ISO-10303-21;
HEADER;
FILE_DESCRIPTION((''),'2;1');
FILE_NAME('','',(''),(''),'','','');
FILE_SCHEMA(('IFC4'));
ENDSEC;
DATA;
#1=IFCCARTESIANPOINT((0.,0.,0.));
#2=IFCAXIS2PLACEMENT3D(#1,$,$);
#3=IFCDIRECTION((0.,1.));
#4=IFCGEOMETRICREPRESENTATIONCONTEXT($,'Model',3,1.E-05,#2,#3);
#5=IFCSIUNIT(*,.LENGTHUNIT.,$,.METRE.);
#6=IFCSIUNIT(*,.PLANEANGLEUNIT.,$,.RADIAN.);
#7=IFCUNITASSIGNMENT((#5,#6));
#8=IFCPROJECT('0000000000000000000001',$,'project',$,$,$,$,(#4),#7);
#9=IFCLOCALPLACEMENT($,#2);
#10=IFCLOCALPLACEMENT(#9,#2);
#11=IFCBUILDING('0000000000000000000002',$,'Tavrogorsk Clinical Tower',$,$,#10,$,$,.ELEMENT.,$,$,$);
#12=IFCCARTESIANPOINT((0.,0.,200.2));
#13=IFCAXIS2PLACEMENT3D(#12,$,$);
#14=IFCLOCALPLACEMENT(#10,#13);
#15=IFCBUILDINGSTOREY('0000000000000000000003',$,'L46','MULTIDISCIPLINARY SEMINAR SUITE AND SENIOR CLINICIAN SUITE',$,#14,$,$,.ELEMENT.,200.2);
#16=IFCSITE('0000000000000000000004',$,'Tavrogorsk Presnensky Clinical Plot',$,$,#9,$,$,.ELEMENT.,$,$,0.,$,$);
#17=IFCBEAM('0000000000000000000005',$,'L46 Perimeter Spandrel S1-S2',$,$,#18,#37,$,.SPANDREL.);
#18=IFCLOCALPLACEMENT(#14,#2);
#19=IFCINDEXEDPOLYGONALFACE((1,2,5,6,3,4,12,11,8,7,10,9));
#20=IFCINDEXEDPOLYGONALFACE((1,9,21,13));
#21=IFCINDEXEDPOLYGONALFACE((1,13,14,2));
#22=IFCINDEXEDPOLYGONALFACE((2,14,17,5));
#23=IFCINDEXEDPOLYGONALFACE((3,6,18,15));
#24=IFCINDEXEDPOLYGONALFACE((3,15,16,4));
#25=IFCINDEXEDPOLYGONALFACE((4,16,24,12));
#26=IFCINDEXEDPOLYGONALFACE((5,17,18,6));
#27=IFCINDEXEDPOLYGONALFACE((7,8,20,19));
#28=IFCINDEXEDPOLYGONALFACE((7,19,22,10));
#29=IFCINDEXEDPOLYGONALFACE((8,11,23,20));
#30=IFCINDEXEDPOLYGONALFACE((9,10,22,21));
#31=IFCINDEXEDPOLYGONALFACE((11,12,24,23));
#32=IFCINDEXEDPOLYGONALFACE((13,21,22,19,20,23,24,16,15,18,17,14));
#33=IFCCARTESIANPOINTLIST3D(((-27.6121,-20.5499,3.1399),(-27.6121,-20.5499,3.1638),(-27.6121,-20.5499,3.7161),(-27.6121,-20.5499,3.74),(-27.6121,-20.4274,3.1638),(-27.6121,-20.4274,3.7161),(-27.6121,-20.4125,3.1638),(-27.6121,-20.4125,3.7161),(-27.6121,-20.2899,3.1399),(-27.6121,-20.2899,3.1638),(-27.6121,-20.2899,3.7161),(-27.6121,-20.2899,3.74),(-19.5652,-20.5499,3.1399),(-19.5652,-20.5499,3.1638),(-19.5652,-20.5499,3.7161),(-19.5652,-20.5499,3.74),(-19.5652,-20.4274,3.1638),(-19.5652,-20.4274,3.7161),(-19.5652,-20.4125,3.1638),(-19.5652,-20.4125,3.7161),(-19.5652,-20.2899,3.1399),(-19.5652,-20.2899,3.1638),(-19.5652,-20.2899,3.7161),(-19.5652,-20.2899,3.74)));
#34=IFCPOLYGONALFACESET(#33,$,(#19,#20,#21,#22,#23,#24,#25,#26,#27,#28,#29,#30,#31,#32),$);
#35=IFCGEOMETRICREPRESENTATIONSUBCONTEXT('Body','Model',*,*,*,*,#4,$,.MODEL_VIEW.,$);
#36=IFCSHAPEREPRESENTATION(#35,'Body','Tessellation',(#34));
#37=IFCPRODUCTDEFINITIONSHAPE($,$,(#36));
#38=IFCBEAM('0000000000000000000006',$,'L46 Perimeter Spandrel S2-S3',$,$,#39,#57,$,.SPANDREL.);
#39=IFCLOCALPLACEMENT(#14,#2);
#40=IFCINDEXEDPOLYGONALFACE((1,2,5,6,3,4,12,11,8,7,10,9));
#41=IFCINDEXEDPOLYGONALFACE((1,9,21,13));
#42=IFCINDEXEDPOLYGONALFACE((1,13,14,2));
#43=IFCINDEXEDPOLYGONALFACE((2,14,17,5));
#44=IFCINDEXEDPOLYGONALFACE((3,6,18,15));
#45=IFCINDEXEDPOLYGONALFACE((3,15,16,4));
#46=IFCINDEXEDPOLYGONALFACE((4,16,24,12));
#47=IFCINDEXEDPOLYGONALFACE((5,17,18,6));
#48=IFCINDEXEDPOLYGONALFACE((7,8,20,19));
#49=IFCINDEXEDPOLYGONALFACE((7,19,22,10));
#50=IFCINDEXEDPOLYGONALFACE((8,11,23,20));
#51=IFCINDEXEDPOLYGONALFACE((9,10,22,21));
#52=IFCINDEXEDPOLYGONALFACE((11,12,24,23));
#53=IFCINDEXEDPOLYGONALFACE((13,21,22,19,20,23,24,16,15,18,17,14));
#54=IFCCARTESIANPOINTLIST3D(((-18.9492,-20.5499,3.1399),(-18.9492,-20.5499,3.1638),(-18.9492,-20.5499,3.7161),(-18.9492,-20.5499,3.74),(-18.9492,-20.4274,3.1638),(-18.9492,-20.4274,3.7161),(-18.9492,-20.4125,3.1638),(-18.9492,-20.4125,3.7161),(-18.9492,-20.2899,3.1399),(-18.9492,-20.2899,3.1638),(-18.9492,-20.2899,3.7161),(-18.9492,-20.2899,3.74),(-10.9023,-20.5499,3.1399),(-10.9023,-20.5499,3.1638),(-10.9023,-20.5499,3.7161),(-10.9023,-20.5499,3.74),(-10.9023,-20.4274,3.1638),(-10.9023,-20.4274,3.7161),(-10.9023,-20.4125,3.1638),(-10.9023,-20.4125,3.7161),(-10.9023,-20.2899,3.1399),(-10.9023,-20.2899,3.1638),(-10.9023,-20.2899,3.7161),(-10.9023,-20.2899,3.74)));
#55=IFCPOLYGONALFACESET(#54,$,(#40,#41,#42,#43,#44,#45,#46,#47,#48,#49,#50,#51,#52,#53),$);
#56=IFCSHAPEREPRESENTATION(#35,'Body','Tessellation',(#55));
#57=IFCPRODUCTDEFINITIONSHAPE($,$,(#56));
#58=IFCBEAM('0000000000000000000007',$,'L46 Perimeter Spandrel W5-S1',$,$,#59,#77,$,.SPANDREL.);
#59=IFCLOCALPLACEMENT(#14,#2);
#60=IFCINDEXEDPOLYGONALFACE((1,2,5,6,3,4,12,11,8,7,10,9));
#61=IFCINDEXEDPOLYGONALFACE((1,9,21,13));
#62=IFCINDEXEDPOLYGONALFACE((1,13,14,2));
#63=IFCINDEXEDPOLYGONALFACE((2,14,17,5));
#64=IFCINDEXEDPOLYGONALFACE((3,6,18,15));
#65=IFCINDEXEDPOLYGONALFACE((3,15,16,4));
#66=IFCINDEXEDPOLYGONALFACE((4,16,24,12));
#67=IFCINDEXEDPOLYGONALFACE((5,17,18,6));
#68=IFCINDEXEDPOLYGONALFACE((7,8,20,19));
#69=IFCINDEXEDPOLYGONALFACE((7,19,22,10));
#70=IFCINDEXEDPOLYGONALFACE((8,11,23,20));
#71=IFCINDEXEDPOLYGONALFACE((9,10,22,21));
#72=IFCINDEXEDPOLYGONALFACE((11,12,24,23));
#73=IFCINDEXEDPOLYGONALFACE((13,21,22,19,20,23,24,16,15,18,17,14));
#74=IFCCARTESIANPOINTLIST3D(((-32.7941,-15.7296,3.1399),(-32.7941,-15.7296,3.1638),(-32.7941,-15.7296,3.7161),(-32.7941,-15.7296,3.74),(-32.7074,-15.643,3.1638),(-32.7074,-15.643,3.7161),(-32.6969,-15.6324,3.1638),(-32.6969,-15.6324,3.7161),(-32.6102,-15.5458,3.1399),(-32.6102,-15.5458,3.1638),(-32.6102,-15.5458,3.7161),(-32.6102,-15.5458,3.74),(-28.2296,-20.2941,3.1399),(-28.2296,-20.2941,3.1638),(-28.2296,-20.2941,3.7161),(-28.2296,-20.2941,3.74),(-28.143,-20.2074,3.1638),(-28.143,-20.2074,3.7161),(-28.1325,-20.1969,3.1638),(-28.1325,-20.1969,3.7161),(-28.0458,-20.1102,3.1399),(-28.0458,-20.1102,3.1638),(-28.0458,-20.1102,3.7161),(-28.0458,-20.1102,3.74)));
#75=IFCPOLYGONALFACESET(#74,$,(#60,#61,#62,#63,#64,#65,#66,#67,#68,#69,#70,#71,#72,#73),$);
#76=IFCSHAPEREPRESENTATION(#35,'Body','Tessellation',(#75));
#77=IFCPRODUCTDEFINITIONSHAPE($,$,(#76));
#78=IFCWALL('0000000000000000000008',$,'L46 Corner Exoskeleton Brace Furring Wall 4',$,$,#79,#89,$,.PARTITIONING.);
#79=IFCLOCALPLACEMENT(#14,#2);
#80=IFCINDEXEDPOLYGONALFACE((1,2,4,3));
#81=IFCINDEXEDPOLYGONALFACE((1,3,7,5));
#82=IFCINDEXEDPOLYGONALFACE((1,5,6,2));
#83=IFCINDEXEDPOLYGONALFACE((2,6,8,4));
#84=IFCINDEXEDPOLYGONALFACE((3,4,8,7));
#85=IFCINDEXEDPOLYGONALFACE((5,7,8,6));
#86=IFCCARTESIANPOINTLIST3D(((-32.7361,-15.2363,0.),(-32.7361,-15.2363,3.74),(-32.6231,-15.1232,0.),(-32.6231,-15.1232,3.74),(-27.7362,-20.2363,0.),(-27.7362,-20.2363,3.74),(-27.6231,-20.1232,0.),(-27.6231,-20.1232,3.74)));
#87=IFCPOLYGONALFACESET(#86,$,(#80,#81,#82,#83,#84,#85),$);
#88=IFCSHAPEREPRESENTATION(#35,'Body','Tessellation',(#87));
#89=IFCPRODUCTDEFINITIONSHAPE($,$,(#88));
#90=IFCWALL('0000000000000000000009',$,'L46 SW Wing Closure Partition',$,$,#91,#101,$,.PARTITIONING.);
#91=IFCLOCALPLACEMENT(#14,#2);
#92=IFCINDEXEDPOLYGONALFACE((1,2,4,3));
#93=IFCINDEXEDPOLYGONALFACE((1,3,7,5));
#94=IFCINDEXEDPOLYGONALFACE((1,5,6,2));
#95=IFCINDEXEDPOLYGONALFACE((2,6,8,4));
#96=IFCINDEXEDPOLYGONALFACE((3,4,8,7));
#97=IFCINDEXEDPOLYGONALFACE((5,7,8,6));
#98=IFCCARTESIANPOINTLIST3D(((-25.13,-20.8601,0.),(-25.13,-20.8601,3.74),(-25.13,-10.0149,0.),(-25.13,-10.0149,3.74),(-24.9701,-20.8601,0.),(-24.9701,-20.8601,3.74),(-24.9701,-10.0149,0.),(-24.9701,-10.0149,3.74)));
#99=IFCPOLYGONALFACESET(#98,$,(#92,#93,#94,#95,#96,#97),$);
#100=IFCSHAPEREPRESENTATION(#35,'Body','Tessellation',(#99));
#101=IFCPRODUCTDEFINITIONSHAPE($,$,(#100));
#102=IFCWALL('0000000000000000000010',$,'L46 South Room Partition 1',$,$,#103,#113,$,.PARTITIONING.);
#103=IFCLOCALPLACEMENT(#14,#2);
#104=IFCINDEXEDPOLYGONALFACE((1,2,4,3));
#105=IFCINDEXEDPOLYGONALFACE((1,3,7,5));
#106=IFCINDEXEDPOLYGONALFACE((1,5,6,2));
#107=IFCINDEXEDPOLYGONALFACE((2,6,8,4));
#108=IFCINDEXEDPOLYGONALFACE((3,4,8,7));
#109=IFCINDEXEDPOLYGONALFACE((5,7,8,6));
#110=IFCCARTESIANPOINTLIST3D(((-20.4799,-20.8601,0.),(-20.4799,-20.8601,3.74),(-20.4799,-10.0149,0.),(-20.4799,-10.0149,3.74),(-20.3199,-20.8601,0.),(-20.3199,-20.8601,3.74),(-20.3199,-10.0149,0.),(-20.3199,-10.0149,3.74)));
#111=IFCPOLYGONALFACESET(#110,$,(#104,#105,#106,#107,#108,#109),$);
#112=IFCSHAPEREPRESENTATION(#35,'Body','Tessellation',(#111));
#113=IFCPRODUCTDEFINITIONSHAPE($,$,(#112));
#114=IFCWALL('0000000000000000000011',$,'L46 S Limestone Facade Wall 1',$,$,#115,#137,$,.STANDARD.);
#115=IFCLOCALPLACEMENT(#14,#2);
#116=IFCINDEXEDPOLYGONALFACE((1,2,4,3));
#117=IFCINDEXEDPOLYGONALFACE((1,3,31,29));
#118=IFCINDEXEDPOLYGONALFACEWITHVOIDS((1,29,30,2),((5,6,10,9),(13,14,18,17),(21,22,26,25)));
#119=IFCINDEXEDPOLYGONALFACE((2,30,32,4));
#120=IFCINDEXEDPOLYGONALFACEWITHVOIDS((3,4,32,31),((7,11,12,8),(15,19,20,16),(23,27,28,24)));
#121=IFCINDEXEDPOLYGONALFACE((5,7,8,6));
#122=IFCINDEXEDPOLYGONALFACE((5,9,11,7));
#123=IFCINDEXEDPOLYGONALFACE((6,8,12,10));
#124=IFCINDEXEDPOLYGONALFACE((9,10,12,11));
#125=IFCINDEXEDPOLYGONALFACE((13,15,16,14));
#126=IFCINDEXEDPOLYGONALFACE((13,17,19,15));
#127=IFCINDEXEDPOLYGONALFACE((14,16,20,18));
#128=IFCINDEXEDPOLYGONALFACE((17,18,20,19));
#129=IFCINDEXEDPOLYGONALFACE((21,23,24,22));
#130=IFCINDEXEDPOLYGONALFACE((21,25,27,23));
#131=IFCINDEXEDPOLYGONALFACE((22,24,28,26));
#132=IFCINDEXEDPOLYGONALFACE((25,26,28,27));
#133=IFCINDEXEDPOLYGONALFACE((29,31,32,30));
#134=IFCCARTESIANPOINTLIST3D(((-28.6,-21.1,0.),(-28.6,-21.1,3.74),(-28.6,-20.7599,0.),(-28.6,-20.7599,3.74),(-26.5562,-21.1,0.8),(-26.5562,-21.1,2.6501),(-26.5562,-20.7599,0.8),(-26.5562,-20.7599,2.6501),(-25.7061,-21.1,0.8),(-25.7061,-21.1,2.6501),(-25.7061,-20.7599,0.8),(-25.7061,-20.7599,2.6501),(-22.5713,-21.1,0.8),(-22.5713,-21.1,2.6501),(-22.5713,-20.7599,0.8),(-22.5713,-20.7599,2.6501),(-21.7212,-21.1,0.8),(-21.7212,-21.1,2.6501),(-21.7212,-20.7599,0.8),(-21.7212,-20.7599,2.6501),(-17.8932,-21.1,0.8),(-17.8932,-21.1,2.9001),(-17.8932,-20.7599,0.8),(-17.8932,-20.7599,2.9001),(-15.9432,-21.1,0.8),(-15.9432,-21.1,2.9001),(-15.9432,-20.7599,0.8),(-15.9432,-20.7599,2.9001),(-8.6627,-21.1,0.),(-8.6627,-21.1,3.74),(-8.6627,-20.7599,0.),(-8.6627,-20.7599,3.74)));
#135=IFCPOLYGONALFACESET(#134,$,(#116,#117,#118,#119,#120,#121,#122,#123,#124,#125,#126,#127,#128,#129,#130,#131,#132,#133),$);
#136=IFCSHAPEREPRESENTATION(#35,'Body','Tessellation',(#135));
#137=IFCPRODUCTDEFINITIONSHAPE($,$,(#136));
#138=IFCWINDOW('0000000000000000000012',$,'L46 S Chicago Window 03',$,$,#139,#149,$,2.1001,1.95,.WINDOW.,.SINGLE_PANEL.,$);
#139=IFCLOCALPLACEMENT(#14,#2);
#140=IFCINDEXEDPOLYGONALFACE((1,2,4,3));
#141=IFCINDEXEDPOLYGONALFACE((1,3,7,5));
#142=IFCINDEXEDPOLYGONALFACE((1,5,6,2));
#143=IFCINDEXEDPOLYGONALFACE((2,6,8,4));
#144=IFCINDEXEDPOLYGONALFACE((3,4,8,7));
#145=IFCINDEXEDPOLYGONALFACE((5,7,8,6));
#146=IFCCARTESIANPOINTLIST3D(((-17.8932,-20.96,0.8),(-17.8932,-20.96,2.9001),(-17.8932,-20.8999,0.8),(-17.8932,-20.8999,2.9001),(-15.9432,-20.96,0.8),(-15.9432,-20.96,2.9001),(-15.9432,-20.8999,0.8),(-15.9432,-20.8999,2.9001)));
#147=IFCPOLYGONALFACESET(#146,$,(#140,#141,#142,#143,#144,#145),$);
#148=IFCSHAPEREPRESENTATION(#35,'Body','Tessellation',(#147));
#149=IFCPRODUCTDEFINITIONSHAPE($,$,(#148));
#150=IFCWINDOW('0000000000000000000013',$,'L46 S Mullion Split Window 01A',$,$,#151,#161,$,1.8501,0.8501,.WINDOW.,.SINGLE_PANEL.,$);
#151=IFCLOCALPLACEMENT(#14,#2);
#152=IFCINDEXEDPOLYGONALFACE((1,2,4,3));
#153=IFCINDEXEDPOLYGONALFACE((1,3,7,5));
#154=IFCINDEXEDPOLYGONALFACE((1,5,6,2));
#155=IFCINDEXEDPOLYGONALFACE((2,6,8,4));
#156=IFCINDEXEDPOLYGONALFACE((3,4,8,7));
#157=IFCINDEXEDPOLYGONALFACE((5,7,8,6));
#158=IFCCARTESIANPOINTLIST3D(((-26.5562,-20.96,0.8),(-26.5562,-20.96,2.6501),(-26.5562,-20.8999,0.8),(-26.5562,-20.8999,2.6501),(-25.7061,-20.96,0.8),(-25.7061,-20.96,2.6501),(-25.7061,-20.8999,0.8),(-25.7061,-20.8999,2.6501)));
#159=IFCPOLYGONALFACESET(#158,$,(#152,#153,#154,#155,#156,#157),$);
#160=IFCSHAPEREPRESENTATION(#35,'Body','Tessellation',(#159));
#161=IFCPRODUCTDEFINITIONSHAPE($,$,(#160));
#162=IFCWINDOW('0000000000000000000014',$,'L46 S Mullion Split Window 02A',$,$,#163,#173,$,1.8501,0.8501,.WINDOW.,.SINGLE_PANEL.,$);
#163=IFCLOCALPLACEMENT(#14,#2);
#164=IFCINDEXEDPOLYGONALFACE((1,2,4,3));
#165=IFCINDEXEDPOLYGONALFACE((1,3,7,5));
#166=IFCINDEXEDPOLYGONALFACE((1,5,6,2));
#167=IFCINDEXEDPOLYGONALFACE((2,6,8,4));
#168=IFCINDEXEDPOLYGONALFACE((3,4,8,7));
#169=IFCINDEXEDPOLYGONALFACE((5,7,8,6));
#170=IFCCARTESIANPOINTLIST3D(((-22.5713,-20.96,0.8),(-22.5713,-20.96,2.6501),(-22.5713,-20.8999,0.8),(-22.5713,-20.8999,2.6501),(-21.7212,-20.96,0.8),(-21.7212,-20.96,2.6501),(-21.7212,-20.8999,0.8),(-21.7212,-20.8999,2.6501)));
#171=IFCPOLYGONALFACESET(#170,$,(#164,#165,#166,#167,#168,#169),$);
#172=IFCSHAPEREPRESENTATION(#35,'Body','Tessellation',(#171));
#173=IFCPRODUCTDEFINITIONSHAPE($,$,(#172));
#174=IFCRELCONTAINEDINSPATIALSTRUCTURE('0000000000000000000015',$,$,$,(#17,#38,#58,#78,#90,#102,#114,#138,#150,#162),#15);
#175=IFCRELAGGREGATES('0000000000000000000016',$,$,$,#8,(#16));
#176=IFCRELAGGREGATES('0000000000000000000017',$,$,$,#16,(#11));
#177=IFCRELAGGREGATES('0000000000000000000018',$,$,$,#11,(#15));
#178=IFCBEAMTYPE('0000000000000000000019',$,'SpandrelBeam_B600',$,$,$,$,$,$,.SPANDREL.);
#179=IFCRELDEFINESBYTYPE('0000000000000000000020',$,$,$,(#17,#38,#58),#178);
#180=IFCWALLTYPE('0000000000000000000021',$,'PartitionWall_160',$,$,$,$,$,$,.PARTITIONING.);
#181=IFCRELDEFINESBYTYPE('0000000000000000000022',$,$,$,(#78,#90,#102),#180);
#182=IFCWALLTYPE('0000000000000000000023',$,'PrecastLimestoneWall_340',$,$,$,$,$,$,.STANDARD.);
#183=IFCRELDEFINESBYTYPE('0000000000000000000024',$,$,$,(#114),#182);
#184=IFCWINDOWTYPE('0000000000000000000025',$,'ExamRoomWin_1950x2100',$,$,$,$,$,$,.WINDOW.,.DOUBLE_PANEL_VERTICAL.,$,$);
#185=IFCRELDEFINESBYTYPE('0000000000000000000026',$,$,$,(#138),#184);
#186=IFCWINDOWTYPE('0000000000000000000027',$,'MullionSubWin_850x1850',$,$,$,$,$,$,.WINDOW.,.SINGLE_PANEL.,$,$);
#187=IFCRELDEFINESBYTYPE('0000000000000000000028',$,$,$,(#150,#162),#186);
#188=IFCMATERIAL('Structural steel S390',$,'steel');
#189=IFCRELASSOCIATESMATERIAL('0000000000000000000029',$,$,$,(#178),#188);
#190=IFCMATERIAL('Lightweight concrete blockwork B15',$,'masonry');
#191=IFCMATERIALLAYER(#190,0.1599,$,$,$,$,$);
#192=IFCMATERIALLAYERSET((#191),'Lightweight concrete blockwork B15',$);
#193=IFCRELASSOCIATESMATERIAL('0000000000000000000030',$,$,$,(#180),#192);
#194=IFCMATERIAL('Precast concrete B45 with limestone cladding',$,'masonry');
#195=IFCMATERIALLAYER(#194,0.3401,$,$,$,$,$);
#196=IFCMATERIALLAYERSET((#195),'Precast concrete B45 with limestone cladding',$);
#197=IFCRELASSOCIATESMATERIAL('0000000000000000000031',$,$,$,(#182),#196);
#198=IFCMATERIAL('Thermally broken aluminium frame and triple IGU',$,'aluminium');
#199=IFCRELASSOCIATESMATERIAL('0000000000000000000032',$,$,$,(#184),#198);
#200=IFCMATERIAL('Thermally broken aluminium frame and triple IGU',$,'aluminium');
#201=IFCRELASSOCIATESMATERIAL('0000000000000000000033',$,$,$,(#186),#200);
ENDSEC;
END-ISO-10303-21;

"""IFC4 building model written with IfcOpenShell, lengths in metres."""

from ifc_helpers import new_model, si_unit, direction, frame, frame_2d, origin, origin_2d, place, context, subcontext, project, spatial, rectangle, i_section, extrude, material, layer, layer_set, material_profile, profile_set, type_object, element, fill, save


model = new_model("IFC4")

# Units and contexts
model_context = context("Model", 3, precision=1e-05, world=origin(), true_north=direction((0.0, 1.0)))
body_context = subcontext(model_context, "Body", "Model", "MODEL_VIEW")
ifc_project = project(units=[si_unit("LENGTHUNIT", "METRE"), si_unit("PLANEANGLEUNIT", "RADIAN")], contexts=[model_context])

# Site, building, storey
site_placement = place(None, origin())
site = spatial("IfcSite", under=ifc_project, at=site_placement, Name="Tavrogorsk Presnensky Clinical Plot", CompositionType="ELEMENT", RefElevation=0.0)
building_placement = place(site_placement, origin())
building = spatial("IfcBuilding", under=site, at=building_placement, Name="Tavrogorsk Clinical Tower", CompositionType="ELEMENT")
storey_placement = place(building_placement, frame((0.0, 0.0, 200.2)))
storey = spatial("IfcBuildingStorey", under=building, at=storey_placement, Name="L46", Description="MULTIDISCIPLINARY SEMINAR SUITE AND SENIOR CLINICIAN SUITE", CompositionType="ELEMENT", Elevation=200.2)

# Beams
ifc_material_1 = material(Name="Structural steel S390", Category="steel")
ifc_material_profile_1 = material_profile(ifc_material_1, i_section(OverallWidth=0.26, OverallDepth=0.6001, WebThickness=0.0149, FlangeThickness=0.0239, at=origin_2d()), Name="B-600x260x15x24")
ifc_profile_set_1 = profile_set([ifc_material_profile_1], Name="Structural steel S390")
beam_type_1 = type_object("IfcBeamType", Name="SpandrelBeam_B600", PredefinedType="SPANDREL", material=ifc_profile_set_1)
for number, where, z_axis, x_axis, name in (
    (1, (-27.6121, -20.4199, 3.4399), (1.0, 0.0, 0.0), (0.0, 1.0, 0.0), "L46 Perimeter Spandrel S1-S2"),
    (2, (-18.9492, -20.4199, 3.4399), (1.0, 0.0, 0.0), (0.0, 1.0, 0.0), "L46 Perimeter Spandrel S2-S3"),
):
    element("IfcBeam", number, at=place(storey_placement, frame(where, z_axis=z_axis, x_axis=x_axis)), inside=storey, type_object=beam_type_1, Name=name, PredefinedType="SPANDREL", context=body_context, shape_type="SweptSolid", body=[
        extrude(i_section(OverallWidth=0.26, OverallDepth=0.6001, WebThickness=0.0149, FlangeThickness=0.0239, at=origin_2d()), origin(), (0.0, 0.0, 1.0), 8.0469),
    ])
beam_1_placement = place(storey_placement, frame((-32.7021, -15.6377, 3.4399), z_axis=(0.707107, -0.707107, 0.0), x_axis=(0.707107, 0.707107, 0.0)))
element("IfcBeam", 3, at=beam_1_placement, inside=storey, type_object=beam_type_1, Name="L46 Perimeter Spandrel W5-S1", PredefinedType="SPANDREL", context=body_context, shape_type="SweptSolid", body=[
    extrude(i_section(OverallWidth=0.26, OverallDepth=0.6001, WebThickness=0.0149, FlangeThickness=0.0239, at=origin_2d()), origin(), (0.0, 0.0, 1.0), 6.4551),
])

# Walls
ifc_material_2 = material(Name="Lightweight concrete blockwork B15", Category="masonry")
ifc_layer_1 = layer(ifc_material_2, 0.1599)
ifc_layer_set_1 = layer_set([ifc_layer_1], Name="Lightweight concrete blockwork B15")
wall_type_1 = type_object("IfcWallType", Name="PartitionWall_160", PredefinedType="PARTITIONING", material=ifc_layer_set_1)
wall_1_placement = place(storey_placement, frame((-32.6797, -15.1797, 0.0), z_axis=(0.0, 0.0, 1.0), x_axis=(0.707107, -0.707107, 0.0)))
element("IfcWall", 4, at=wall_1_placement, inside=storey, type_object=wall_type_1, Name="L46 Corner Exoskeleton Brace Furring Wall 4", PredefinedType="PARTITIONING", context=body_context, shape_type="SweptSolid", body=[
    extrude(rectangle(XDim=7.071, YDim=0.1599, at=frame_2d((3.5356, 0.0))), origin(), (0.0, 0.0, 1.0), 3.74),
])
for number, where, z_axis, x_axis, name in (
    (5, (-25.05, -20.8601, 0.0), (0.0, 0.0, 1.0), (0.0, 1.0, 0.0), "L46 SW Wing Closure Partition"),
    (6, (-20.3999, -20.8601, 0.0), (0.0, 0.0, 1.0), (0.0, 1.0, 0.0), "L46 South Room Partition 1"),
):
    element("IfcWall", number, at=place(storey_placement, frame(where, z_axis=z_axis, x_axis=x_axis)), inside=storey, type_object=wall_type_1, Name=name, PredefinedType="PARTITIONING", context=body_context, shape_type="SweptSolid", body=[
        extrude(rectangle(XDim=10.8452, YDim=0.1599, at=frame_2d((5.4226, 0.0))), origin(), (0.0, 0.0, 1.0), 3.74),
    ])

# Wall, openings, windows
ifc_material_3 = material(Name="Precast concrete B45 with limestone cladding", Category="masonry")
ifc_layer_2 = layer(ifc_material_3, 0.3401)
ifc_layer_set_2 = layer_set([ifc_layer_2], Name="Precast concrete B45 with limestone cladding")
wall_type_2 = type_object("IfcWallType", Name="PrecastLimestoneWall_340", PredefinedType="STANDARD", material=ifc_layer_set_2)
wall_2_placement = place(storey_placement, frame((-28.6001, -20.9299, 0.0), z_axis=(0.0, 0.0, 1.0), x_axis=(1.0, 0.0, 0.0)))
wall_2 = element("IfcWall", 7, at=wall_2_placement, inside=storey, type_object=wall_type_2, Name="L46 S Limestone Facade Wall 1", PredefinedType="STANDARD", context=body_context, shape_type="SweptSolid", body=[
    extrude(rectangle(XDim=19.9373, YDim=0.3401, at=frame_2d((9.9688, 0.0))), origin(), (0.0, 0.0, 1.0), 3.74),
])
opening_1_placement = place(wall_2_placement, frame((2.0439, 0.0, 0.8)))
opening_1 = element("IfcOpeningElement", 8, at=opening_1_placement, cuts=wall_2, PredefinedType="OPENING", context=body_context, shape_type="SweptSolid", body=[
    extrude(rectangle(XDim=0.8501, YDim=1.8501, at=frame_2d((0.425, 0.925))), frame((0.0, 0.1799, 0.0), z_axis=(0.0, -1.0, 0.0), x_axis=(1.0, 0.0, 0.0)), (0.0, 0.0, 1.0), 0.3601),
])
opening_2_placement = place(wall_2_placement, frame((6.0288, 0.0, 0.8)))
opening_2 = element("IfcOpeningElement", 9, at=opening_2_placement, cuts=wall_2, PredefinedType="OPENING", context=body_context, shape_type="SweptSolid", body=[
    extrude(rectangle(XDim=0.8501, YDim=1.8501, at=frame_2d((0.425, 0.925))), frame((0.0, 0.1799, 0.0), z_axis=(0.0, -1.0, 0.0), x_axis=(1.0, 0.0, 0.0)), (0.0, 0.0, 1.0), 0.3601),
])
opening_3_placement = place(wall_2_placement, frame((10.7068, 0.0, 0.8)))
opening_3 = element("IfcOpeningElement", 10, at=opening_3_placement, cuts=wall_2, PredefinedType="OPENING", context=body_context, shape_type="SweptSolid", body=[
    extrude(rectangle(XDim=1.95, YDim=2.1001, at=frame_2d((0.9751, 1.05))), frame((0.0, 0.1799, 0.0), z_axis=(0.0, -1.0, 0.0), x_axis=(1.0, 0.0, 0.0)), (0.0, 0.0, 1.0), 0.3601),
])
ifc_material_4 = material(Name="Thermally broken aluminium frame and triple IGU", Category="aluminium")
window_type_1 = type_object("IfcWindowType", Name="ExamRoomWin_1950x2100", PartitioningType="DOUBLE_PANEL_VERTICAL", PredefinedType="WINDOW", material=ifc_material_4)
window_1_placement = place(opening_3_placement, origin())
window_1 = element("IfcWindow", 11, at=window_1_placement, inside=storey, type_object=window_type_1, Name="L46 S Chicago Window 03", OverallHeight=2.1001, OverallWidth=1.95, PartitioningType="SINGLE_PANEL", PredefinedType="WINDOW", context=body_context, shape_type="SweptSolid", body=[
    extrude(rectangle(XDim=1.95, YDim=2.1001, at=frame_2d((0.9751, 1.05))), frame((0.0, 0.03, 0.0), z_axis=(0.0, -1.0, 0.0), x_axis=(1.0, 0.0, 0.0)), (0.0, 0.0, 1.0), 0.0601),
])
fill(opening_3, window_1)
ifc_material_5 = material(Name="Thermally broken aluminium frame and triple IGU", Category="aluminium")
window_type_2 = type_object("IfcWindowType", Name="MullionSubWin_850x1850", PartitioningType="SINGLE_PANEL", PredefinedType="WINDOW", material=ifc_material_5)
window_2_placement = place(opening_1_placement, origin())
window_2 = element("IfcWindow", 12, at=window_2_placement, inside=storey, type_object=window_type_2, Name="L46 S Mullion Split Window 01A", OverallHeight=1.8501, OverallWidth=0.8501, PartitioningType="SINGLE_PANEL", PredefinedType="WINDOW", context=body_context, shape_type="SweptSolid", body=[
    extrude(rectangle(XDim=0.8501, YDim=1.8501, at=frame_2d((0.425, 0.925))), frame((0.0, 0.03, 0.0), z_axis=(0.0, -1.0, 0.0), x_axis=(1.0, 0.0, 0.0)), (0.0, 0.0, 1.0), 0.0601),
])
fill(opening_1, window_2)
window_3_placement = place(opening_2_placement, origin())
window_3 = element("IfcWindow", 13, at=window_3_placement, inside=storey, type_object=window_type_2, Name="L46 S Mullion Split Window 02A", OverallHeight=1.8501, OverallWidth=0.8501, PartitioningType="SINGLE_PANEL", PredefinedType="WINDOW", context=body_context, shape_type="SweptSolid", body=[
    extrude(rectangle(XDim=0.8501, YDim=1.8501, at=frame_2d((0.425, 0.925))), frame((0.0, 0.03, 0.0), z_axis=(0.0, -1.0, 0.0), x_axis=(1.0, 0.0, 0.0)), (0.0, 0.0, 1.0), 0.0601),
])
fill(opening_2, window_3)

save(model, "model.ifc")
